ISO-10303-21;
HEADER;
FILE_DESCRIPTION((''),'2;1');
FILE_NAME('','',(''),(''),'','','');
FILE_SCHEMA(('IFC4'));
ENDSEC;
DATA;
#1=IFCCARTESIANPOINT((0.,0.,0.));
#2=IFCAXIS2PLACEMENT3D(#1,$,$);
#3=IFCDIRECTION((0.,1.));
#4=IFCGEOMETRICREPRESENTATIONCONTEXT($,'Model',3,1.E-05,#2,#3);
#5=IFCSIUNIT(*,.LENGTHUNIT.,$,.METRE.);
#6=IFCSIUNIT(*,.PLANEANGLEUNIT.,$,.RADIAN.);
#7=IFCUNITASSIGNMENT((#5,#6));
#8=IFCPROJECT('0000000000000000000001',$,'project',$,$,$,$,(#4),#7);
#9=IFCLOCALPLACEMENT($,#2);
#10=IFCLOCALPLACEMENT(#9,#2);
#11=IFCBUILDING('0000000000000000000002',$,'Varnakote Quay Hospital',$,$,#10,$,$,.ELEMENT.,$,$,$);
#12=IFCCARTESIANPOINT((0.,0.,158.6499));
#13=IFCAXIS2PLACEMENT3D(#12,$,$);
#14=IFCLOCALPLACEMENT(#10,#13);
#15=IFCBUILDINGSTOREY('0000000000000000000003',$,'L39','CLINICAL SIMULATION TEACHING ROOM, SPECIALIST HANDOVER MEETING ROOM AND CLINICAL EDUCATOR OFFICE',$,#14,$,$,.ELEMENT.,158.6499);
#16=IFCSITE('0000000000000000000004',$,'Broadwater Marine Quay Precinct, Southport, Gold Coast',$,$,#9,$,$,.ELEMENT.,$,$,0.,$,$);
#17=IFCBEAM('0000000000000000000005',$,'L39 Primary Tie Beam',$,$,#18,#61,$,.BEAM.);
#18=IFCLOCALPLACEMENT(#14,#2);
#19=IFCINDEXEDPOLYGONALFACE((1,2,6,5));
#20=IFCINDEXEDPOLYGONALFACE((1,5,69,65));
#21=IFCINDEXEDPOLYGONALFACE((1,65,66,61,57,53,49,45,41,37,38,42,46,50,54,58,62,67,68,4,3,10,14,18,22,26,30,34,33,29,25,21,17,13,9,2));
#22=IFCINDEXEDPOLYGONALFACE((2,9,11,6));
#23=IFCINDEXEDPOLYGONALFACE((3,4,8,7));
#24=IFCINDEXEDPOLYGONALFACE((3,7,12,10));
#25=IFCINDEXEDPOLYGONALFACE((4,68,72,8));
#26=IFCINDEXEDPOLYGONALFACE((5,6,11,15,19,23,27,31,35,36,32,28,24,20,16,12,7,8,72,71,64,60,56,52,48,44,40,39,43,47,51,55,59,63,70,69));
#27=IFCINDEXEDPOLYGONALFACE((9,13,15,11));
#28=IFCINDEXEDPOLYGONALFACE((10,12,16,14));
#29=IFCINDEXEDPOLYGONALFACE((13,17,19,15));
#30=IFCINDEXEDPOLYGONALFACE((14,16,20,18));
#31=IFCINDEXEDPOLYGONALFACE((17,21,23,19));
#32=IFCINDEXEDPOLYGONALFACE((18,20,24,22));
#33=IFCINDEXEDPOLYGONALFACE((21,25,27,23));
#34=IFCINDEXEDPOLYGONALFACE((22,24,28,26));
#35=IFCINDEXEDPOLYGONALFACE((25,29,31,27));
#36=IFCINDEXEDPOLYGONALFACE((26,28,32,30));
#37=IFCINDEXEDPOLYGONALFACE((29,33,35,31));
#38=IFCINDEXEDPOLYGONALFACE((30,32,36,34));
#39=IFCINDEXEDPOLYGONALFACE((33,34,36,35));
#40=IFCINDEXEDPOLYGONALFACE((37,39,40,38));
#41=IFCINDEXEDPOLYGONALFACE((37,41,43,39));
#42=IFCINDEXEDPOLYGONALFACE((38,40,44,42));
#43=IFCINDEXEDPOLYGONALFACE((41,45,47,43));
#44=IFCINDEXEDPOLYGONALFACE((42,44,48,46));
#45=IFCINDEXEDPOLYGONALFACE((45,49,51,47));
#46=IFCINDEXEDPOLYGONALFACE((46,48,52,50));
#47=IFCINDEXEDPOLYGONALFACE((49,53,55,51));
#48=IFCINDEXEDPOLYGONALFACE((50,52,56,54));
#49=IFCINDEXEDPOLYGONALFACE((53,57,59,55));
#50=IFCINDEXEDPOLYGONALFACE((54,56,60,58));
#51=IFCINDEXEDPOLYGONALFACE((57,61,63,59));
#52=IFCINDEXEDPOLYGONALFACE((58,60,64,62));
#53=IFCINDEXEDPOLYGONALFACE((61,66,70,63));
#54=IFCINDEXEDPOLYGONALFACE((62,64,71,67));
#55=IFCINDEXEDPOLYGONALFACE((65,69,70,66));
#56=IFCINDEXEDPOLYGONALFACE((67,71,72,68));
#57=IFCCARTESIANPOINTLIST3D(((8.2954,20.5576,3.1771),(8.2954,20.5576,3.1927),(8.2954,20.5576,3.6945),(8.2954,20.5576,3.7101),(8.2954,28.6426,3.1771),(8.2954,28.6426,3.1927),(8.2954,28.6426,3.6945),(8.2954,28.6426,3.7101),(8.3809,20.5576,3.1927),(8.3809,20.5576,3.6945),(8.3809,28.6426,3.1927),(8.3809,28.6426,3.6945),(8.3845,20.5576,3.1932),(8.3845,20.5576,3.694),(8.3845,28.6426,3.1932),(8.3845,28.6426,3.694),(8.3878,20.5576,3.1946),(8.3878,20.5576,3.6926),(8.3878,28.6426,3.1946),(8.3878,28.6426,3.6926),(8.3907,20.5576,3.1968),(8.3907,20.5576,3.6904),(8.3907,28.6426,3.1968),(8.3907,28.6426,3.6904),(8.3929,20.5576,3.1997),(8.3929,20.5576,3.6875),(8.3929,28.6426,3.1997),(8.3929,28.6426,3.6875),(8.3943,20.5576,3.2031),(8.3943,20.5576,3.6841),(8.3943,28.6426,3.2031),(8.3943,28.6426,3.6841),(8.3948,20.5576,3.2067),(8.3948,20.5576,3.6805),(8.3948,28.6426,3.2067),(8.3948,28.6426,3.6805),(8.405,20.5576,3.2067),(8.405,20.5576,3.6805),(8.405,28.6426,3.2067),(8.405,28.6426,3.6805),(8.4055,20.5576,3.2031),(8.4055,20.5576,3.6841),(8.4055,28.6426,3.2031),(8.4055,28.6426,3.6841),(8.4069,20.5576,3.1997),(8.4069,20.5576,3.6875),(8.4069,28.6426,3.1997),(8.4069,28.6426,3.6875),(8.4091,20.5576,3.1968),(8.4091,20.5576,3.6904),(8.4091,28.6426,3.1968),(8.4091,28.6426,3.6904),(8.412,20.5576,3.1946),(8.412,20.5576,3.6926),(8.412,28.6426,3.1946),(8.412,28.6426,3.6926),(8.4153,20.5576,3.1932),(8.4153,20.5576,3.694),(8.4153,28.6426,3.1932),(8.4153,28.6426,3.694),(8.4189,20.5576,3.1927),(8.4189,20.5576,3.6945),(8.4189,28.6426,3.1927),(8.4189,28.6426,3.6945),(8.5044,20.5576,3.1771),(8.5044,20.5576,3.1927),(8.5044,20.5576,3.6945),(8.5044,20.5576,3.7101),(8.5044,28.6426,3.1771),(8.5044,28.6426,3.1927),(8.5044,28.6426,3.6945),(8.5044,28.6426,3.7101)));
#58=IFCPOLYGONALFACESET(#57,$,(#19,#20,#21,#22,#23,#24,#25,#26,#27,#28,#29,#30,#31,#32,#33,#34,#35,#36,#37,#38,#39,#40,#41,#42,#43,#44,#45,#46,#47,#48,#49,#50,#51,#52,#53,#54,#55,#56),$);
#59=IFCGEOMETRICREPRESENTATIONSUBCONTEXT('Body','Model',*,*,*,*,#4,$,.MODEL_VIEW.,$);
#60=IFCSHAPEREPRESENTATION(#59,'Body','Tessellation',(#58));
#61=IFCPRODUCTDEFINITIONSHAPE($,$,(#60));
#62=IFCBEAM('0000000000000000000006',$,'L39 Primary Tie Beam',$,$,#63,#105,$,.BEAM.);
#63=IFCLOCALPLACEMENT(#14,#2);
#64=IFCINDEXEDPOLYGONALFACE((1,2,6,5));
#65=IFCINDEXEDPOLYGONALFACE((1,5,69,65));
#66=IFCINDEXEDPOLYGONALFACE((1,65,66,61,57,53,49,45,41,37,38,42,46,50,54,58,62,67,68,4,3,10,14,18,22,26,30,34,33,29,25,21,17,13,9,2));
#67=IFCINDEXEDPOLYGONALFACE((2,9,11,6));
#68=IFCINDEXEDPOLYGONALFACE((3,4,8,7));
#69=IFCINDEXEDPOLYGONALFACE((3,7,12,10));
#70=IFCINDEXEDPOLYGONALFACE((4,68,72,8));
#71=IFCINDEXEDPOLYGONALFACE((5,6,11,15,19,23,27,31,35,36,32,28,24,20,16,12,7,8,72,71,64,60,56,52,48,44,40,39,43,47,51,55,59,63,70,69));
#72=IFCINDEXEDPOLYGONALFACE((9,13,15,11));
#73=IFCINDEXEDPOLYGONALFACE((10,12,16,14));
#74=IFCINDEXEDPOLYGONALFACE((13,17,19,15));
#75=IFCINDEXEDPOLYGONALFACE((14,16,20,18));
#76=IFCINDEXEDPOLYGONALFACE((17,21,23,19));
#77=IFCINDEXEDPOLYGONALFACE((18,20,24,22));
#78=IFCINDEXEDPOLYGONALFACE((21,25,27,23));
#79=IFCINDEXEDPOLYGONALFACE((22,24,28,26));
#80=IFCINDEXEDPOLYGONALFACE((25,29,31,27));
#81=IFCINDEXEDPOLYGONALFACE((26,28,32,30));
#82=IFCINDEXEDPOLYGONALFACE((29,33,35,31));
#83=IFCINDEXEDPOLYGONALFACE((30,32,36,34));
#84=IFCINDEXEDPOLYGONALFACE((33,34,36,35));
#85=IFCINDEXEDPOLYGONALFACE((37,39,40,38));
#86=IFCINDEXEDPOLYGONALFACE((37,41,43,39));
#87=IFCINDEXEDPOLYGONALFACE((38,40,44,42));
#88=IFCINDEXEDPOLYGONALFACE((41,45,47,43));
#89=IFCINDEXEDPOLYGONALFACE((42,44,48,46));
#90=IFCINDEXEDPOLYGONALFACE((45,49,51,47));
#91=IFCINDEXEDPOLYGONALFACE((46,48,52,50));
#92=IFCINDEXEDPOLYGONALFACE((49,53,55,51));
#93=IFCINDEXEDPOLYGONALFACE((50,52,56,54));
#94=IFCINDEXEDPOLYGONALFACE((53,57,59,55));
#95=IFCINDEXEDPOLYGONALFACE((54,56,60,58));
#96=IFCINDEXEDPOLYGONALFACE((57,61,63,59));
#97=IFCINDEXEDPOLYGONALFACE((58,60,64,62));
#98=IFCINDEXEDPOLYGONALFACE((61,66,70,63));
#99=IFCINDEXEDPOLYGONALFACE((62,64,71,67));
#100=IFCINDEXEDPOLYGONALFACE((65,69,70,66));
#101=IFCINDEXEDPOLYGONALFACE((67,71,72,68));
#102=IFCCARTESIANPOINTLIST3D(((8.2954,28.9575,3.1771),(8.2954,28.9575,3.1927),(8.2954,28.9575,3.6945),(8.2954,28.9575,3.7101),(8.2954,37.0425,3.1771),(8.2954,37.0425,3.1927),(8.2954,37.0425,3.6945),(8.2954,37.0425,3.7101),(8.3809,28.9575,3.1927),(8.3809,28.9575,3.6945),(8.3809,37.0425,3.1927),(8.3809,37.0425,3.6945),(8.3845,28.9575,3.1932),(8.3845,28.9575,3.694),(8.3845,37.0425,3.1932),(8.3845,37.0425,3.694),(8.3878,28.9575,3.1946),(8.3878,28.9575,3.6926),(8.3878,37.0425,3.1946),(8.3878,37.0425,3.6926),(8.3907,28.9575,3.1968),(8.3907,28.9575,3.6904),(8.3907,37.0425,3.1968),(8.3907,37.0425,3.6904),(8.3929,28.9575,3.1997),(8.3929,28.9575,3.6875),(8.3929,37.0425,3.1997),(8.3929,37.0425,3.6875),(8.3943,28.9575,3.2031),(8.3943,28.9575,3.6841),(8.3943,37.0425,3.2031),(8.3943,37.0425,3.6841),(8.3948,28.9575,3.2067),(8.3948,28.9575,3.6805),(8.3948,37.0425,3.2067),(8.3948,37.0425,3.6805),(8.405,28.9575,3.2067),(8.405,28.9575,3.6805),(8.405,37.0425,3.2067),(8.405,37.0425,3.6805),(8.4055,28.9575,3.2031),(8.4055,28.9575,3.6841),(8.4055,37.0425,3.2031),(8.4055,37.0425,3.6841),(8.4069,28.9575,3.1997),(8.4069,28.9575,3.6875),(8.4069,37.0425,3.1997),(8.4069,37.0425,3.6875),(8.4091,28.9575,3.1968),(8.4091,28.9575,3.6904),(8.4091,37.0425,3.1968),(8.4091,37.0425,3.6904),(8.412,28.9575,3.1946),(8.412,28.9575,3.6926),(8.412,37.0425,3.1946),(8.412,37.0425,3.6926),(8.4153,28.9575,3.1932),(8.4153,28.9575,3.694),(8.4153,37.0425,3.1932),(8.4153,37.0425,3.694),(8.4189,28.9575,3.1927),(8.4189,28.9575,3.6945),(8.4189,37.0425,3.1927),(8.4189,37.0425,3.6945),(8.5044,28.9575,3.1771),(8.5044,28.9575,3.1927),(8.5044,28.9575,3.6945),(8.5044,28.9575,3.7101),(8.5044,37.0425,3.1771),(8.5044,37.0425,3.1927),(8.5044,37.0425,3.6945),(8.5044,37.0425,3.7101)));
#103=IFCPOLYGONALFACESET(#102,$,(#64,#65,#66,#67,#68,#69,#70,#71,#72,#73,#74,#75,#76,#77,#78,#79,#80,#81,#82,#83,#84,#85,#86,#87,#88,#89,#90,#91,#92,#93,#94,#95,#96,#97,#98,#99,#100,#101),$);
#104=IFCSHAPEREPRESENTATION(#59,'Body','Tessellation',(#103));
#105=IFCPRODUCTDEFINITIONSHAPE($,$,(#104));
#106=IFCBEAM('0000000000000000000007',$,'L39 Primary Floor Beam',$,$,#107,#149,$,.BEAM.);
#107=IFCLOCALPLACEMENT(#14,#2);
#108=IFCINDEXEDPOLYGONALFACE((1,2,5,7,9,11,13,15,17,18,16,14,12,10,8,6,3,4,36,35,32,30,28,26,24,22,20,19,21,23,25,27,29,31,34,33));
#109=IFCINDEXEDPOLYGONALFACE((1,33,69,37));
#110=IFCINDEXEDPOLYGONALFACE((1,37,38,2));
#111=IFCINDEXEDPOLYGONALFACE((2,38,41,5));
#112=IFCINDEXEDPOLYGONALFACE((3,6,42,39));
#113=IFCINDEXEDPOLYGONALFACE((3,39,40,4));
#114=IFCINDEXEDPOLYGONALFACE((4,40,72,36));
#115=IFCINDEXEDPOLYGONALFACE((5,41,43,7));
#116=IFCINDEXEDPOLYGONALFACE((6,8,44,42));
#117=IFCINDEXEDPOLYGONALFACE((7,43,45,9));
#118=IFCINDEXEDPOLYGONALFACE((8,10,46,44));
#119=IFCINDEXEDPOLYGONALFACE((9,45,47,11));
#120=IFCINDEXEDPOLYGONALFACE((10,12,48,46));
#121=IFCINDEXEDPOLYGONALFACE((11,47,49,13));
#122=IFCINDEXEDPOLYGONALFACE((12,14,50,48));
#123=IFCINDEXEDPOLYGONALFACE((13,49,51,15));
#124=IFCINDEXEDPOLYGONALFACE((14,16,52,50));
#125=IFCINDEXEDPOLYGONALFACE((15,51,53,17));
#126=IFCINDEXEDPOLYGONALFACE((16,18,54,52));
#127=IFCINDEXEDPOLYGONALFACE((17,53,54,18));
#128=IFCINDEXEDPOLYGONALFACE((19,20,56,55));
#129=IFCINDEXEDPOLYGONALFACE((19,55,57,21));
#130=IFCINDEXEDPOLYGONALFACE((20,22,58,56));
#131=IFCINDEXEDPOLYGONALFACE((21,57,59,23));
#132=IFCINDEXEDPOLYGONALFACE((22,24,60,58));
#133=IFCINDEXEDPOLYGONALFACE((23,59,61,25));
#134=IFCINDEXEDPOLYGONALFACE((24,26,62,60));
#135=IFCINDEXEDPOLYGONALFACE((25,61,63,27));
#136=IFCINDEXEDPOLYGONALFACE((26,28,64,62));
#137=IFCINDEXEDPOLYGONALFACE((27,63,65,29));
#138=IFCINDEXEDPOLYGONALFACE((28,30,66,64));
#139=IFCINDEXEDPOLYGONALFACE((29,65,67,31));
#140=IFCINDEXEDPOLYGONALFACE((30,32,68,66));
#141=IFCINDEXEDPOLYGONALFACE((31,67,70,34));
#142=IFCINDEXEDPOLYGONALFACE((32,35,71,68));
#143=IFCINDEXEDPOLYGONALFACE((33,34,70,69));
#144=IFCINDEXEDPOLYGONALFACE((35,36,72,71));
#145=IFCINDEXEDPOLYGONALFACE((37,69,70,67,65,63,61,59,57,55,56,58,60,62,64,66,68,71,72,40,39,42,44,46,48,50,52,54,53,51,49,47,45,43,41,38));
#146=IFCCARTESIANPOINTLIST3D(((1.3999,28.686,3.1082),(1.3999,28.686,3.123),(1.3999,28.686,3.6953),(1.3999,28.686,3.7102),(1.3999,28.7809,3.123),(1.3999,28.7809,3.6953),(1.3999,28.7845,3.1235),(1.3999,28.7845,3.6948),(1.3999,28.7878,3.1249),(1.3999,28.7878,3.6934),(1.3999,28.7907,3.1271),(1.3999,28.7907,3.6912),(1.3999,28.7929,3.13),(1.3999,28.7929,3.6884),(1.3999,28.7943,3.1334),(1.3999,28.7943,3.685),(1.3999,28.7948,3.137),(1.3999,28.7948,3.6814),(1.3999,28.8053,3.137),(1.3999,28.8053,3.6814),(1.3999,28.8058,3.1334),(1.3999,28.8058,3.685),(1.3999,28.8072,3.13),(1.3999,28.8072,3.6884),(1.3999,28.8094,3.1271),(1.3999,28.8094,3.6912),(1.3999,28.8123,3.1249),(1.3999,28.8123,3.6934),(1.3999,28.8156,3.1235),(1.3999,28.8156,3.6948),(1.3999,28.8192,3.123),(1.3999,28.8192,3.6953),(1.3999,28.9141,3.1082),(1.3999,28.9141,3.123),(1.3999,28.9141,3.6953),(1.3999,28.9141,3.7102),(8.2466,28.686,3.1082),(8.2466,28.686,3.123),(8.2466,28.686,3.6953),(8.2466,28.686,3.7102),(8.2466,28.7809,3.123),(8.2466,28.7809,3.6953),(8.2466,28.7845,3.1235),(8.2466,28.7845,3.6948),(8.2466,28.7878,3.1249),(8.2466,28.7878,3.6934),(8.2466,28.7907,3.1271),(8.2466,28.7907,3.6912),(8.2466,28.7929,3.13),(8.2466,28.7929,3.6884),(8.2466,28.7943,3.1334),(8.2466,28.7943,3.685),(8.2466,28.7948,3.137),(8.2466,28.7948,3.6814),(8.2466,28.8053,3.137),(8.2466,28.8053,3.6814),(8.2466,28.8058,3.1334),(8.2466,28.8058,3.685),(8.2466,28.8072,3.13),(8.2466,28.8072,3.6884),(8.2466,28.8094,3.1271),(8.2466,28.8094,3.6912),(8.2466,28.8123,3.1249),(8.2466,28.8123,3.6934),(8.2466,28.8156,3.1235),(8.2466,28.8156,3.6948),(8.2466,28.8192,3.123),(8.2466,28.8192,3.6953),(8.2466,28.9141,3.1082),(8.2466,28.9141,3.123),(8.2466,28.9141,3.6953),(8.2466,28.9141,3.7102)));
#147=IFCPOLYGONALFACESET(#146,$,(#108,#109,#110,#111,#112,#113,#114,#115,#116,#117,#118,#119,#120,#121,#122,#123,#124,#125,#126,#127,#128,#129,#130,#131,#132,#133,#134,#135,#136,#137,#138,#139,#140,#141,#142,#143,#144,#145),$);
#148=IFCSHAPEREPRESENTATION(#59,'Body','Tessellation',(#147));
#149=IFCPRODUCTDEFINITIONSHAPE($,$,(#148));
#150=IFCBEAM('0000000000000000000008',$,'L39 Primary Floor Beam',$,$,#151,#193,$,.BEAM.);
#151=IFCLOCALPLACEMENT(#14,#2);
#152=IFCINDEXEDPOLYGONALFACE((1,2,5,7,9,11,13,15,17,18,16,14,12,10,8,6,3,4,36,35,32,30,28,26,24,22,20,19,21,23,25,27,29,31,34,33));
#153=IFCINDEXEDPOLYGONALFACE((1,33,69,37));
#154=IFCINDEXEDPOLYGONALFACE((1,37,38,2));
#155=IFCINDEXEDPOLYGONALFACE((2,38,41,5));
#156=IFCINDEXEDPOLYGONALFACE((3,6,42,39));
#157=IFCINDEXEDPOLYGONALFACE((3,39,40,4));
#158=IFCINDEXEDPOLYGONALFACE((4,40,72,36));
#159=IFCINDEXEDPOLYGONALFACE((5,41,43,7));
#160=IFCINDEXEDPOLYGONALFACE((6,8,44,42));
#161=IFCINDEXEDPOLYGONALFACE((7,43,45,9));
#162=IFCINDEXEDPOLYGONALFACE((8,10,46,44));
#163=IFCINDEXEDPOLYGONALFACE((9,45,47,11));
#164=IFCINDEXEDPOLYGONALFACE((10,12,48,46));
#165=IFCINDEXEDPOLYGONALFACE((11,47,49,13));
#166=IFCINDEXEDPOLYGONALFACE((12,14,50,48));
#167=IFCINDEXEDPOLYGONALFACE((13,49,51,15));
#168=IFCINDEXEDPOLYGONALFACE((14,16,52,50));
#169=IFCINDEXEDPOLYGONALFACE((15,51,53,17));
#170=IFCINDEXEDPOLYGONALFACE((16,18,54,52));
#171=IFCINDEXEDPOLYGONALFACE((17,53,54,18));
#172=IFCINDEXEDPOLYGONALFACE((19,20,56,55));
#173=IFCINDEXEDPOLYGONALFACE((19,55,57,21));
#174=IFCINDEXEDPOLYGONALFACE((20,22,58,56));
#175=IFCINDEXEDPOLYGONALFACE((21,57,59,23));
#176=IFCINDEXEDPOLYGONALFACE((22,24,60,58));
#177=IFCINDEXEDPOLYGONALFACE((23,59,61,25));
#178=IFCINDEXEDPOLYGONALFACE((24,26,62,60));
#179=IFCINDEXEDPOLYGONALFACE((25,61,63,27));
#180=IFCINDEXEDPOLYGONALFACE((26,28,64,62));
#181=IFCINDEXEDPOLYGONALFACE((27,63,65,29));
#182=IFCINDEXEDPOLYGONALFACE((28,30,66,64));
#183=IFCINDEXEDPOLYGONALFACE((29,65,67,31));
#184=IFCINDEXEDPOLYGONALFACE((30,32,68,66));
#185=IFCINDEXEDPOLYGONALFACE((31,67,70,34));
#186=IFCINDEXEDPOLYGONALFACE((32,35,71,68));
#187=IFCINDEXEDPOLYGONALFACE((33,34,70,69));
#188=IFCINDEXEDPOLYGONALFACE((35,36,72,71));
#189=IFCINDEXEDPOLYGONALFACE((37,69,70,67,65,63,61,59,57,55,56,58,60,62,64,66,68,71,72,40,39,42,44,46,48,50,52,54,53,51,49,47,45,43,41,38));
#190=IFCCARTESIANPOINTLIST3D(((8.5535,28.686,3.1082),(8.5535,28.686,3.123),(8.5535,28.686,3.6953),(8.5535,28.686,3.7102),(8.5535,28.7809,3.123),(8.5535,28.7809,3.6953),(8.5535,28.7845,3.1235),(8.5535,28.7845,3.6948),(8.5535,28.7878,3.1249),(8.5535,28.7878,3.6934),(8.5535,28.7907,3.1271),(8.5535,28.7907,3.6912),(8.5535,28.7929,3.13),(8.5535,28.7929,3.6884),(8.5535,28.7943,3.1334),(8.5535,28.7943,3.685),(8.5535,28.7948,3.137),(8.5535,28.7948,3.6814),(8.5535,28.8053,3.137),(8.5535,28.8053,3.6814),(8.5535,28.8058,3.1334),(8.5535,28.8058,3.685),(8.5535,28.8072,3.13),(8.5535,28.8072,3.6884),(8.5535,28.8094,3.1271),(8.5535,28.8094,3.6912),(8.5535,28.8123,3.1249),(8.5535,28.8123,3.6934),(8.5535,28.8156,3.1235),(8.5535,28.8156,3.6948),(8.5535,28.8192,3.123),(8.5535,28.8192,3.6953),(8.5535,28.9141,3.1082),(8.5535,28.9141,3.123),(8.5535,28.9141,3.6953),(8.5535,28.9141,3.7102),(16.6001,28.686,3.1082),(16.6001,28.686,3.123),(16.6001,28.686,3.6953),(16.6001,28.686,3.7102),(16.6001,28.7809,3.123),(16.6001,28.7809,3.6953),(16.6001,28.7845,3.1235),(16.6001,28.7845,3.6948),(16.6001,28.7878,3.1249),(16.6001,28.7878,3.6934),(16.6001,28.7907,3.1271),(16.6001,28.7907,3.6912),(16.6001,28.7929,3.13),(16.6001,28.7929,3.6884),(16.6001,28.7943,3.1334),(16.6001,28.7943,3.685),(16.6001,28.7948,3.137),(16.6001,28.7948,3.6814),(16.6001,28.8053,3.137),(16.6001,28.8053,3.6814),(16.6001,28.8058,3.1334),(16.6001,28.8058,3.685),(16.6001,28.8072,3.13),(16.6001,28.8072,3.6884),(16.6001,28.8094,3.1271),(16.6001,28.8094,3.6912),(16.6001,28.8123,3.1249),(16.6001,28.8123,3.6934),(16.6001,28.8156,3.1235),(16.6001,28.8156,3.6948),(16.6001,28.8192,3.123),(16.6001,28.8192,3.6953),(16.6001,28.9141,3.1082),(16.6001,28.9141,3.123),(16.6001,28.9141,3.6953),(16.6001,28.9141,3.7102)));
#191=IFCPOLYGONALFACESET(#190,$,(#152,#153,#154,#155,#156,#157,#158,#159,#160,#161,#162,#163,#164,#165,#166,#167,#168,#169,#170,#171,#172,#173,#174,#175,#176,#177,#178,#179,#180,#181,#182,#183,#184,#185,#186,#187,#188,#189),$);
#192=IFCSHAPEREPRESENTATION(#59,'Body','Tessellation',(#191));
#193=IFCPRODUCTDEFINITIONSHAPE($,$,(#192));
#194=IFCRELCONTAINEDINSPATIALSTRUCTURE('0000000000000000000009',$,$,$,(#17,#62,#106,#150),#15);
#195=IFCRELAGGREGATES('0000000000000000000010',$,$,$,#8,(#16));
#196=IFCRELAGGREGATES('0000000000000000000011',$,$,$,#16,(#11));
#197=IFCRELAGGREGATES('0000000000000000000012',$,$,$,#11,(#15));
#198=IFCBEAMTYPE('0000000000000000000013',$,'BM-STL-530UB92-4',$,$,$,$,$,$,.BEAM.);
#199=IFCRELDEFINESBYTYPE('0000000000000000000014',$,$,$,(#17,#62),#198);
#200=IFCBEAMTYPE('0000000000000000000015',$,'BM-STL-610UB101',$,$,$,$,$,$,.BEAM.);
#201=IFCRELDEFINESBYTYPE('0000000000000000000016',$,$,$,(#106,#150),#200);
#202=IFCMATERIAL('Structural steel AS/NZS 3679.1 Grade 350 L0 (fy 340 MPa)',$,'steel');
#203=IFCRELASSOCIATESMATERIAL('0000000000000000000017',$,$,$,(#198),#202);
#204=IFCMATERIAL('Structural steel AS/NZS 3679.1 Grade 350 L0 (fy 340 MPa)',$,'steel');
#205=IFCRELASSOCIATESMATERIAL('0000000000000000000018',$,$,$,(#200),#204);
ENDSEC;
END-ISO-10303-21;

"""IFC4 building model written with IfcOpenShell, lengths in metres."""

from ifc_helpers import new_model, si_unit, direction, frame, origin, origin_2d, place, context, subcontext, project, spatial, i_section, extrude, material, material_profile, profile_set, type_object, element, save


model = new_model("IFC4")

# Units and contexts
model_context = context("Model", 3, precision=1e-05, world=origin(), true_north=direction((0.0, 1.0)))
body_context = subcontext(model_context, "Body", "Model", "MODEL_VIEW")
ifc_project = project(units=[si_unit("LENGTHUNIT", "METRE"), si_unit("PLANEANGLEUNIT", "RADIAN")], contexts=[model_context])

# Site, building, storey
site_placement = place(None, origin())
site = spatial("IfcSite", under=ifc_project, at=site_placement, Name="Broadwater Marine Quay Precinct, Southport, Gold Coast", CompositionType="ELEMENT", RefElevation=0.0)
building_placement = place(site_placement, origin())
building = spatial("IfcBuilding", under=site, at=building_placement, Name="Varnakote Quay Hospital", CompositionType="ELEMENT")
storey_placement = place(building_placement, frame((0.0, 0.0, 158.6499)))
storey = spatial("IfcBuildingStorey", under=building, at=storey_placement, Name="L39", Description="CLINICAL SIMULATION TEACHING ROOM, SPECIALIST HANDOVER MEETING ROOM AND CLINICAL EDUCATOR OFFICE", CompositionType="ELEMENT", Elevation=158.6499)

# Beams
ifc_material_1 = material(Name="Structural steel AS/NZS 3679.1 Grade 350 L0 (fy 340 MPa)", Category="steel")
ifc_material_profile_1 = material_profile(ifc_material_1, i_section(OverallWidth=0.209, OverallDepth=0.533, WebThickness=0.0103, FlangeThickness=0.0156, FilletRadius=0.0139, at=origin_2d()), Name="530UB92.4")
ifc_profile_set_1 = profile_set([ifc_material_profile_1], Name="Structural steel AS/NZS 3679.1 Grade 350 L0 (fy 340 MPa)")
beam_type_1 = type_object("IfcBeamType", Name="BM-STL-530UB92-4", PredefinedType="BEAM", material=ifc_profile_set_1)
for number, where, z_axis, x_axis, name in (
    (1, (8.3999, 20.5576, 3.4436), (0.0, 1.0, 0.0), (-1.0, 0.0, 0.0), "L39 Primary Tie Beam"),
    (2, (8.3999, 28.9575, 3.4436), (0.0, 1.0, 0.0), (-1.0, 0.0, 0.0), "L39 Primary Tie Beam"),
):
    element("IfcBeam", number, at=place(storey_placement, frame(where, z_axis=z_axis, x_axis=x_axis)), inside=storey, type_object=beam_type_1, Name=name, PredefinedType="BEAM", context=body_context, shape_type="SweptSolid", body=[
        extrude(i_section(OverallWidth=0.209, OverallDepth=0.533, WebThickness=0.0103, FlangeThickness=0.0156, FilletRadius=0.0139, at=origin_2d()), origin(), (0.0, 0.0, 1.0), 8.085),
    ])
ifc_material_2 = material(Name="Structural steel AS/NZS 3679.1 Grade 350 L0 (fy 340 MPa)", Category="steel")
ifc_material_profile_2 = material_profile(ifc_material_2, i_section(OverallWidth=0.228, OverallDepth=0.6021, WebThickness=0.0105, FlangeThickness=0.0149, FilletRadius=0.0139, at=origin_2d()), Name="610UB101")
ifc_profile_set_2 = profile_set([ifc_material_profile_2], Name="Structural steel AS/NZS 3679.1 Grade 350 L0 (fy 340 MPa)")
beam_type_2 = type_object("IfcBeamType", Name="BM-STL-610UB101", PredefinedType="BEAM", material=ifc_profile_set_2)
beam_1_placement = place(storey_placement, frame((1.3999, 28.8, 3.4092), z_axis=(1.0, 0.0, 0.0), x_axis=(0.0, 1.0, 0.0)))
element("IfcBeam", 3, at=beam_1_placement, inside=storey, type_object=beam_type_2, Name="L39 Primary Floor Beam", PredefinedType="BEAM", context=body_context, shape_type="SweptSolid", body=[
    extrude(i_section(OverallWidth=0.228, OverallDepth=0.6021, WebThickness=0.0105, FlangeThickness=0.0149, FilletRadius=0.0139, at=origin_2d()), origin(), (0.0, 0.0, 1.0), 6.8467),
])
beam_2_placement = place(storey_placement, frame((8.5535, 28.8, 3.4092), z_axis=(1.0, 0.0, 0.0), x_axis=(0.0, 1.0, 0.0)))
element("IfcBeam", 4, at=beam_2_placement, inside=storey, type_object=beam_type_2, Name="L39 Primary Floor Beam", PredefinedType="BEAM", context=body_context, shape_type="SweptSolid", body=[
    extrude(i_section(OverallWidth=0.228, OverallDepth=0.6021, WebThickness=0.0105, FlangeThickness=0.0149, FilletRadius=0.0139, at=origin_2d()), origin(), (0.0, 0.0, 1.0), 8.0466),
])

save(model, "model.ifc")
